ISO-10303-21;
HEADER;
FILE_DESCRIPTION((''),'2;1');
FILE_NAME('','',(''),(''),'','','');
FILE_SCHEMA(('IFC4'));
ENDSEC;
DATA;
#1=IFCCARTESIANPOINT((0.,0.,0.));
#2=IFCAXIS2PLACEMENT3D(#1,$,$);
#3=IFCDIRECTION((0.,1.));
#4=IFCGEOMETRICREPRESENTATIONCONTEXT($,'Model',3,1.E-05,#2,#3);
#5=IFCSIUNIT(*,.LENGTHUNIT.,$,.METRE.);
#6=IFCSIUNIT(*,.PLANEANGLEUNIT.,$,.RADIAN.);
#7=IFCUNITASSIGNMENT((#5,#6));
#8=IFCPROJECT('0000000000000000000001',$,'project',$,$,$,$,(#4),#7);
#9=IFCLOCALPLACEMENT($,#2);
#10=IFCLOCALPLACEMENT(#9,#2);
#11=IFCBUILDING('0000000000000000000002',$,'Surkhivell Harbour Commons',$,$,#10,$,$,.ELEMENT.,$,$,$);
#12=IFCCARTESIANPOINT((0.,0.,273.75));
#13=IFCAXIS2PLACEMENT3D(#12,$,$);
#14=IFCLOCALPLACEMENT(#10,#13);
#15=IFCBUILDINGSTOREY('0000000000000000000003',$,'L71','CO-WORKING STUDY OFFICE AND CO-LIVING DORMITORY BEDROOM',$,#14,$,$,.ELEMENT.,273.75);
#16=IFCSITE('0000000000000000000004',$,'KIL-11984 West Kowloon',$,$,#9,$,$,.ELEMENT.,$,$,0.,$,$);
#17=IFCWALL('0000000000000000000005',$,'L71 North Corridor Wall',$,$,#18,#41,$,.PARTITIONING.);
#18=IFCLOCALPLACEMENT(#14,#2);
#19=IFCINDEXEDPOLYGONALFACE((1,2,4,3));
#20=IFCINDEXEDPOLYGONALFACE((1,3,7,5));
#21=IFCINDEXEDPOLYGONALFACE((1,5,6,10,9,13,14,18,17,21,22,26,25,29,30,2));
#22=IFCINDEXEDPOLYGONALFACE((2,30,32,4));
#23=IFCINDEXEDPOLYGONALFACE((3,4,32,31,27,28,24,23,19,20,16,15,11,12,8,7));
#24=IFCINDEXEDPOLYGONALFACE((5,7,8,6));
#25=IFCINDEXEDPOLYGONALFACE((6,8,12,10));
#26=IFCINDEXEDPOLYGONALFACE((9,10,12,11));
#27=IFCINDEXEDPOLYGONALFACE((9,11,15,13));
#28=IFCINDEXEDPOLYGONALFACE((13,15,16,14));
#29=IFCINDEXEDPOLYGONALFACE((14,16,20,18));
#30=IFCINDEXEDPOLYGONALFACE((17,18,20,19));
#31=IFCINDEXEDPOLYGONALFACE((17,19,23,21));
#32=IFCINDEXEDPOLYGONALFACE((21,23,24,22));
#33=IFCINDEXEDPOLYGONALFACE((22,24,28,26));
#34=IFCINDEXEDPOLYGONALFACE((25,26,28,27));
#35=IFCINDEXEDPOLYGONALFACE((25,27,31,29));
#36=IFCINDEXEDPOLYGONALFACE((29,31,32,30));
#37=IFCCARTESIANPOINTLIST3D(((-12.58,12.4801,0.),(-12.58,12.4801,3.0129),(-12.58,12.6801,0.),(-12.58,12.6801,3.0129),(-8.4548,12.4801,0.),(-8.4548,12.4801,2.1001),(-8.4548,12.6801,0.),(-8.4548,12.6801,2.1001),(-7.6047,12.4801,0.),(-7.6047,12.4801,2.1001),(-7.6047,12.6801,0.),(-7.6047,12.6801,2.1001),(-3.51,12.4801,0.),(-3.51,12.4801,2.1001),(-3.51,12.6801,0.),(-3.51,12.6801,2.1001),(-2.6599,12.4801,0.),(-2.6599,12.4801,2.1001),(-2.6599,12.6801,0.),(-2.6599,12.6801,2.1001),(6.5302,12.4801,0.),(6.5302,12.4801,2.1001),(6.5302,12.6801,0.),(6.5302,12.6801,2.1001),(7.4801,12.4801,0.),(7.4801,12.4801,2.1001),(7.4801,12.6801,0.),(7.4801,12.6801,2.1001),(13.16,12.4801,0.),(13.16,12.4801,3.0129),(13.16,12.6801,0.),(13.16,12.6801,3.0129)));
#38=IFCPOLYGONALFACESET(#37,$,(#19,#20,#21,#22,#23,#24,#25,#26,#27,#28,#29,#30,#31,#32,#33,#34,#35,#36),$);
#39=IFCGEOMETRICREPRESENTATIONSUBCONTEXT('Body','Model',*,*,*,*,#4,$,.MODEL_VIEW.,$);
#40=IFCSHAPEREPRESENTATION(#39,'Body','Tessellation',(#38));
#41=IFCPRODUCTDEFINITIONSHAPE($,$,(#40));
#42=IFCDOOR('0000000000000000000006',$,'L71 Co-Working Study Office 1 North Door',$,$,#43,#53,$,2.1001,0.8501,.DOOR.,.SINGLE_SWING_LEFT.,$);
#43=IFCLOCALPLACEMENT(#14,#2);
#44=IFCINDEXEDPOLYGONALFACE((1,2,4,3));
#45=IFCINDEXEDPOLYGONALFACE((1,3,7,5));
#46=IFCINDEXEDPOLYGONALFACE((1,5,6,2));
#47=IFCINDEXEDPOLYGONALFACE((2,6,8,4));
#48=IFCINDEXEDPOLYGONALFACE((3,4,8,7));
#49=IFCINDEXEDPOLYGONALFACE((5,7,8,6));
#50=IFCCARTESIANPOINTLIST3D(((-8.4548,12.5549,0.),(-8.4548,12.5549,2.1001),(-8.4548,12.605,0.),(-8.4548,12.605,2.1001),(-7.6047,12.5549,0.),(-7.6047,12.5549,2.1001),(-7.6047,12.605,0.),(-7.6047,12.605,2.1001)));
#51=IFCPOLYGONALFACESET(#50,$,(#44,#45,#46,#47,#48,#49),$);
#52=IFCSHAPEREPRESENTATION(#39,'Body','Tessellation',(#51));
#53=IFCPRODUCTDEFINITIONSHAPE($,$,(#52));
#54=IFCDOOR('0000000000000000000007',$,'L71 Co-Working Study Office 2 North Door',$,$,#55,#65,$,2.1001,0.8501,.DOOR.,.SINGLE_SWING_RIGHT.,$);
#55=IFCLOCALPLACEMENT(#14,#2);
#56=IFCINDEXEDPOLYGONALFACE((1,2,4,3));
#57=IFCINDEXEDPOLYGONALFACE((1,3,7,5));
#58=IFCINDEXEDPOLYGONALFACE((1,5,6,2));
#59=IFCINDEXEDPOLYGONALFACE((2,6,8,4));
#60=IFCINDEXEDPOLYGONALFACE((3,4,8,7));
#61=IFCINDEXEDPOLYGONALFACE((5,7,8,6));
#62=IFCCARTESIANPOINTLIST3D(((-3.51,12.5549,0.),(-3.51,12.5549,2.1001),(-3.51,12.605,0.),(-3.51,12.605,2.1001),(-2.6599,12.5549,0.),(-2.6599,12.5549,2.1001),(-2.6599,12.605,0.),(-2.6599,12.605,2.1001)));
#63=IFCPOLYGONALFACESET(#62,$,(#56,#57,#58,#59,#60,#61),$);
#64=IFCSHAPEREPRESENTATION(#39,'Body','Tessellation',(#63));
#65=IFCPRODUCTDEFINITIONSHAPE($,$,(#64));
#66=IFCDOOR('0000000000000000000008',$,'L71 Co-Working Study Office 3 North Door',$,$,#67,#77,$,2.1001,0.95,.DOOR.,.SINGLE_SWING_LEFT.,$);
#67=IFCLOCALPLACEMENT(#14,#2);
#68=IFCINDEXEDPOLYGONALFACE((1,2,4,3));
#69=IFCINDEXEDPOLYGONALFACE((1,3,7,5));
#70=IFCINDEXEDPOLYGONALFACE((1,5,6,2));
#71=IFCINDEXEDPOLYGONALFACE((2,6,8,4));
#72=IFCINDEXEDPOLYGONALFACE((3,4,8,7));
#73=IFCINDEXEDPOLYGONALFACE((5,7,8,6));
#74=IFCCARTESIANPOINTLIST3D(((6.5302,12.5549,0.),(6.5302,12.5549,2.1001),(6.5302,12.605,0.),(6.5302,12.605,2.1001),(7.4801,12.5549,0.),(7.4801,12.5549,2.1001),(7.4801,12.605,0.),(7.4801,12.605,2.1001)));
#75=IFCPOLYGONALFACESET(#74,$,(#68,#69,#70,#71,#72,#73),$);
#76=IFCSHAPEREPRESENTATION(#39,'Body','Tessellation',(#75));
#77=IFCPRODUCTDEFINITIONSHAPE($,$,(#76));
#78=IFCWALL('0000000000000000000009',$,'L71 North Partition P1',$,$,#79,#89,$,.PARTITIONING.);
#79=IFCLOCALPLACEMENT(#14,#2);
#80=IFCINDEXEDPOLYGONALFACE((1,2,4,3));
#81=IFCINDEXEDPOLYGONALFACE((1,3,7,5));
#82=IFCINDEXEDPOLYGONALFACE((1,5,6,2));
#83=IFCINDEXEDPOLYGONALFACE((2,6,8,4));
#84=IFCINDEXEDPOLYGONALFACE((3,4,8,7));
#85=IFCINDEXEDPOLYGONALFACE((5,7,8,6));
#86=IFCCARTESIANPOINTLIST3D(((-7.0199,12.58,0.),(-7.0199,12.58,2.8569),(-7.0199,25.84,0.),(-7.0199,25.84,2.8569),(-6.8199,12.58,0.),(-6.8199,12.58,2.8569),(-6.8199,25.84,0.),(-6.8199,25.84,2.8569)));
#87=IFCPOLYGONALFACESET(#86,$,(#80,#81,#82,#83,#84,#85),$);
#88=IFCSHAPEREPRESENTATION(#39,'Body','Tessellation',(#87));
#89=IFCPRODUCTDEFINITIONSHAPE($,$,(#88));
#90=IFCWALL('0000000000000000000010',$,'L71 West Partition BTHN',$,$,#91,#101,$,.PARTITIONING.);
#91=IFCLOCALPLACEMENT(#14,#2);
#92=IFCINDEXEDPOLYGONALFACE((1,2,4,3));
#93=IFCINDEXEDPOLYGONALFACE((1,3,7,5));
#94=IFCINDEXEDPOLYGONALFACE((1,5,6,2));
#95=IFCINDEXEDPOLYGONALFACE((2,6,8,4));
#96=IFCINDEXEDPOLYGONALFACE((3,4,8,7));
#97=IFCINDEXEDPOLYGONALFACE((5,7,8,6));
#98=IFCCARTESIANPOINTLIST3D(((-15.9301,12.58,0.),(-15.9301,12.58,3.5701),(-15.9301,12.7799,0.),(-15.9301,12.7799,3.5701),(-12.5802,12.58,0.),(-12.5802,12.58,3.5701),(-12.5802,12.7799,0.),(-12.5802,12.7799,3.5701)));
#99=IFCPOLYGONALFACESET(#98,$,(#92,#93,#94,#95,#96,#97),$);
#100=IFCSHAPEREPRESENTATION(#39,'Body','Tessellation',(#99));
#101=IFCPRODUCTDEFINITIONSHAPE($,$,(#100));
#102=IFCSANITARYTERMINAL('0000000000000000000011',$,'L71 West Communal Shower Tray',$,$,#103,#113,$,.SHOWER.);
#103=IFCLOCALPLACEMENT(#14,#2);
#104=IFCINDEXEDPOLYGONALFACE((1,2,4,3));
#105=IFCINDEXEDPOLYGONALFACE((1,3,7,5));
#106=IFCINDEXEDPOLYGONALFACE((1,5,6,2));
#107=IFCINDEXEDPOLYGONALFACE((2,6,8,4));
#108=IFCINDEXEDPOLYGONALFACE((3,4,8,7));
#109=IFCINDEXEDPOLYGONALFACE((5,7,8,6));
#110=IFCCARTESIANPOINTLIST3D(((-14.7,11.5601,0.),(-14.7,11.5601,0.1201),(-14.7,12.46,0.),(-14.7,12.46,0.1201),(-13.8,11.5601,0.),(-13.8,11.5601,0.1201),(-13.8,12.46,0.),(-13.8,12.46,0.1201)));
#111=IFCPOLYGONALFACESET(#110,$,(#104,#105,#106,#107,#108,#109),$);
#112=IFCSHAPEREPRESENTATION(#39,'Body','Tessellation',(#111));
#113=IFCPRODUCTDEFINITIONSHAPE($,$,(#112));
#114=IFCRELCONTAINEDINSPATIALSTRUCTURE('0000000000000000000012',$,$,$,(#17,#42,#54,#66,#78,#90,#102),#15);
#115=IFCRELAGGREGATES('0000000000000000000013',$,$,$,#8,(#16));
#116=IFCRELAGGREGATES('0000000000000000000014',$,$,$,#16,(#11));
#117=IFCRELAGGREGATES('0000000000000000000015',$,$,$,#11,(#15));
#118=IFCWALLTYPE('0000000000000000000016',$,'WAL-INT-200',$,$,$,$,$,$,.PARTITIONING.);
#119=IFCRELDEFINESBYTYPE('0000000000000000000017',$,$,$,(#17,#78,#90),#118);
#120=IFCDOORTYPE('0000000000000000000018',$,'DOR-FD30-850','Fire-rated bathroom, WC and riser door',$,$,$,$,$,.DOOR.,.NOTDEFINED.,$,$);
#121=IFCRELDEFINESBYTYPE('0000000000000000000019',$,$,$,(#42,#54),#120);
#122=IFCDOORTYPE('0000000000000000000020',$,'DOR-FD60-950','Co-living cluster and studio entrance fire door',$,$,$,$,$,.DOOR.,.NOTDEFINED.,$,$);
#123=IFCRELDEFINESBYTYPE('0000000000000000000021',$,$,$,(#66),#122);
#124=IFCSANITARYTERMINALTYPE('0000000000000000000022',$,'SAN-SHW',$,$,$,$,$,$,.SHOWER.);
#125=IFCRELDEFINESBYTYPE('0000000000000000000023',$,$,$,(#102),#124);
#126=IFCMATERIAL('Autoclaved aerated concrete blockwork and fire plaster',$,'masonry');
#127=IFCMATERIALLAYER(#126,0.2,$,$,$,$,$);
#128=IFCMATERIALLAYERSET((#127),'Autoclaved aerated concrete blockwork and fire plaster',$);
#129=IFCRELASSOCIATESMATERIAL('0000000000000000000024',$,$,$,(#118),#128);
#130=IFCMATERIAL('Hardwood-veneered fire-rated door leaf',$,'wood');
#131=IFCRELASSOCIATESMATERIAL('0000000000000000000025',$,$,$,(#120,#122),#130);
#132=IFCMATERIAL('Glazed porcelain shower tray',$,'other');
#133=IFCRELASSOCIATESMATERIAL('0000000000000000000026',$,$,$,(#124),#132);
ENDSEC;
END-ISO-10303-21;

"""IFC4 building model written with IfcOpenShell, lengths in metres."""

from ifc_helpers import new_model, si_unit, direction, frame, frame_2d, origin, origin_2d, place, context, subcontext, project, spatial, rectangle, extrude, material, layer, layer_set, type_object, element, fill, save


model = new_model("IFC4")

# Units and contexts
model_context = context("Model", 3, precision=1e-05, world=origin(), true_north=direction((0.0, 1.0)))
body_context = subcontext(model_context, "Body", "Model", "MODEL_VIEW")
ifc_project = project(units=[si_unit("LENGTHUNIT", "METRE"), si_unit("PLANEANGLEUNIT", "RADIAN")], contexts=[model_context])

# Site, building, storey
site_placement = place(None, origin())
site = spatial("IfcSite", under=ifc_project, at=site_placement, Name="KIL-11984 West Kowloon", CompositionType="ELEMENT", RefElevation=0.0)
building_placement = place(site_placement, origin())
building = spatial("IfcBuilding", under=site, at=building_placement, Name="Surkhivell Harbour Commons", CompositionType="ELEMENT")
storey_placement = place(building_placement, frame((0.0, 0.0, 273.75)))
storey = spatial("IfcBuildingStorey", under=building, at=storey_placement, Name="L71", Description="CO-WORKING STUDY OFFICE AND CO-LIVING DORMITORY BEDROOM", CompositionType="ELEMENT", Elevation=273.75)

# Shared definitions
ifc_material_1 = material(Name="Autoclaved aerated concrete blockwork and fire plaster", Category="masonry")
ifc_layer_1 = layer(ifc_material_1, 0.2)
ifc_layer_set_1 = layer_set([ifc_layer_1], Name="Autoclaved aerated concrete blockwork and fire plaster")
wall_type = type_object("IfcWallType", Name="WAL-INT-200", PredefinedType="PARTITIONING", material=ifc_layer_set_1)

# Wall, openings, doors
wall_1_placement = place(storey_placement, frame((-12.5801, 12.5801, 0.0), z_axis=(0.0, 0.0, 1.0), x_axis=(1.0, 0.0, 0.0)))
wall_1 = element("IfcWall", 1, at=wall_1_placement, inside=storey, type_object=wall_type, Name="L71 North Corridor Wall", PredefinedType="PARTITIONING", context=body_context, shape_type="SweptSolid", body=[
    extrude(rectangle(XDim=25.74, YDim=0.2, at=frame_2d((12.8701, 0.0))), origin(), (0.0, 0.0, 1.0), 3.0129),
])
opening_1_placement = place(wall_1_placement, frame((4.1252, 0.0, 0.0)))
opening_1 = element("IfcOpeningElement", 2, at=opening_1_placement, cuts=wall_1, PredefinedType="OPENING", context=body_context, shape_type="SweptSolid", body=[
    extrude(rectangle(XDim=0.8501, YDim=2.1001, at=frame_2d((0.425, 1.05))), frame((0.0, 0.1099, 0.0), z_axis=(0.0, -1.0, 0.0), x_axis=(1.0, 0.0, 0.0)), (0.0, 0.0, 1.0), 0.22),
])
opening_2_placement = place(wall_1_placement, frame((9.0701, 0.0, 0.0)))
opening_2 = element("IfcOpeningElement", 3, at=opening_2_placement, cuts=wall_1, PredefinedType="OPENING", context=body_context, shape_type="SweptSolid", body=[
    extrude(rectangle(XDim=0.8501, YDim=2.1001, at=frame_2d((0.425, 1.05))), frame((0.0, 0.1099, 0.0), z_axis=(0.0, -1.0, 0.0), x_axis=(1.0, 0.0, 0.0)), (0.0, 0.0, 1.0), 0.22),
])
opening_3_placement = place(wall_1_placement, frame((19.1101, 0.0, 0.0)))
opening_3 = element("IfcOpeningElement", 4, at=opening_3_placement, cuts=wall_1, PredefinedType="OPENING", context=body_context, shape_type="SweptSolid", body=[
    extrude(rectangle(XDim=0.95, YDim=2.1001, at=frame_2d((0.4751, 1.05))), frame((0.0, 0.1099, 0.0), z_axis=(0.0, -1.0, 0.0), x_axis=(1.0, 0.0, 0.0)), (0.0, 0.0, 1.0), 0.22),
])
ifc_material_2 = material(Name="Hardwood-veneered fire-rated door leaf", Category="wood")
door_type_1 = type_object("IfcDoorType", Name="DOR-FD30-850", Description="Fire-rated bathroom, WC and riser door", OperationType="NOTDEFINED", PredefinedType="DOOR", material=ifc_material_2)
door_1_placement = place(opening_1_placement, origin())
door_1 = element("IfcDoor", 5, at=door_1_placement, inside=storey, type_object=door_type_1, Name="L71 Co-Working Study Office 1 North Door", OperationType="SINGLE_SWING_LEFT", OverallHeight=2.1001, OverallWidth=0.8501, PredefinedType="DOOR", context=body_context, shape_type="SweptSolid", body=[
    extrude(rectangle(XDim=0.8501, YDim=2.1001, at=frame_2d((0.425, 1.05))), frame((0.0, 0.0249, 0.0), z_axis=(0.0, -1.0, 0.0), x_axis=(1.0, 0.0, 0.0)), (0.0, 0.0, 1.0), 0.05),
])
fill(opening_1, door_1)
door_2_placement = place(opening_2_placement, origin())
door_2 = element("IfcDoor", 6, at=door_2_placement, inside=storey, type_object=door_type_1, Name="L71 Co-Working Study Office 2 North Door", OperationType="SINGLE_SWING_RIGHT", OverallHeight=2.1001, OverallWidth=0.8501, PredefinedType="DOOR", context=body_context, shape_type="SweptSolid", body=[
    extrude(rectangle(XDim=0.8501, YDim=2.1001, at=frame_2d((0.425, 1.05))), frame((0.0, 0.0249, 0.0), z_axis=(0.0, -1.0, 0.0), x_axis=(1.0, 0.0, 0.0)), (0.0, 0.0, 1.0), 0.05),
])
fill(opening_2, door_2)
door_type_2 = type_object("IfcDoorType", Name="DOR-FD60-950", Description="Co-living cluster and studio entrance fire door", OperationType="NOTDEFINED", PredefinedType="DOOR", material=ifc_material_2)
door_3_placement = place(opening_3_placement, origin())
door_3 = element("IfcDoor", 7, at=door_3_placement, inside=storey, type_object=door_type_2, Name="L71 Co-Working Study Office 3 North Door", OperationType="SINGLE_SWING_LEFT", OverallHeight=2.1001, OverallWidth=0.95, PredefinedType="DOOR", context=body_context, shape_type="SweptSolid", body=[
    extrude(rectangle(XDim=0.95, YDim=2.1001, at=frame_2d((0.4751, 1.05))), frame((0.0, 0.0249, 0.0), z_axis=(0.0, -1.0, 0.0), x_axis=(1.0, 0.0, 0.0)), (0.0, 0.0, 1.0), 0.05),
])
fill(opening_3, door_3)

# Walls
wall_2_placement = place(storey_placement, frame((-6.9199, 12.5801, 0.0), z_axis=(0.0, 0.0, 1.0), x_axis=(0.0, 1.0, 0.0)))
element("IfcWall", 8, at=wall_2_placement, inside=storey, type_object=wall_type, Name="L71 North Partition P1", PredefinedType="PARTITIONING", context=body_context, shape_type="SweptSolid", body=[
    extrude(rectangle(XDim=13.26, YDim=0.2, at=frame_2d((6.6299, 0.0))), origin(), (0.0, 0.0, 1.0), 2.8569),
])
wall_3_placement = place(storey_placement, frame((-15.9299, 12.6799, 0.0), z_axis=(0.0, 0.0, 1.0), x_axis=(1.0, 0.0, 0.0)))
element("IfcWall", 9, at=wall_3_placement, inside=storey, type_object=wall_type, Name="L71 West Partition BTHN", PredefinedType="PARTITIONING", context=body_context, shape_type="SweptSolid", body=[
    extrude(rectangle(XDim=3.3499, YDim=0.2, at=frame_2d((1.6748, 0.0))), origin(), (0.0, 0.0, 1.0), 3.5701),
])

# Sanitary terminal
ifc_material_3 = material(Name="Glazed porcelain shower tray", Category="other")
sanitary_terminal_type = type_object("IfcSanitaryTerminalType", Name="SAN-SHW", PredefinedType="SHOWER", material=ifc_material_3)
sanitary_terminal_placement = place(storey_placement, frame((-14.25, 12.01, 0.0), z_axis=(0.0, 0.0, 1.0), x_axis=(1.0, 0.0, 0.0)))
element("IfcSanitaryTerminal", 10, at=sanitary_terminal_placement, inside=storey, type_object=sanitary_terminal_type, Name="L71 West Communal Shower Tray", PredefinedType="SHOWER", context=body_context, shape_type="SweptSolid", body=[
    extrude(rectangle(XDim=0.8999, YDim=0.8999, at=origin_2d()), origin(), (0.0, 0.0, 1.0), 0.1201),
])

save(model, "model.ifc")
